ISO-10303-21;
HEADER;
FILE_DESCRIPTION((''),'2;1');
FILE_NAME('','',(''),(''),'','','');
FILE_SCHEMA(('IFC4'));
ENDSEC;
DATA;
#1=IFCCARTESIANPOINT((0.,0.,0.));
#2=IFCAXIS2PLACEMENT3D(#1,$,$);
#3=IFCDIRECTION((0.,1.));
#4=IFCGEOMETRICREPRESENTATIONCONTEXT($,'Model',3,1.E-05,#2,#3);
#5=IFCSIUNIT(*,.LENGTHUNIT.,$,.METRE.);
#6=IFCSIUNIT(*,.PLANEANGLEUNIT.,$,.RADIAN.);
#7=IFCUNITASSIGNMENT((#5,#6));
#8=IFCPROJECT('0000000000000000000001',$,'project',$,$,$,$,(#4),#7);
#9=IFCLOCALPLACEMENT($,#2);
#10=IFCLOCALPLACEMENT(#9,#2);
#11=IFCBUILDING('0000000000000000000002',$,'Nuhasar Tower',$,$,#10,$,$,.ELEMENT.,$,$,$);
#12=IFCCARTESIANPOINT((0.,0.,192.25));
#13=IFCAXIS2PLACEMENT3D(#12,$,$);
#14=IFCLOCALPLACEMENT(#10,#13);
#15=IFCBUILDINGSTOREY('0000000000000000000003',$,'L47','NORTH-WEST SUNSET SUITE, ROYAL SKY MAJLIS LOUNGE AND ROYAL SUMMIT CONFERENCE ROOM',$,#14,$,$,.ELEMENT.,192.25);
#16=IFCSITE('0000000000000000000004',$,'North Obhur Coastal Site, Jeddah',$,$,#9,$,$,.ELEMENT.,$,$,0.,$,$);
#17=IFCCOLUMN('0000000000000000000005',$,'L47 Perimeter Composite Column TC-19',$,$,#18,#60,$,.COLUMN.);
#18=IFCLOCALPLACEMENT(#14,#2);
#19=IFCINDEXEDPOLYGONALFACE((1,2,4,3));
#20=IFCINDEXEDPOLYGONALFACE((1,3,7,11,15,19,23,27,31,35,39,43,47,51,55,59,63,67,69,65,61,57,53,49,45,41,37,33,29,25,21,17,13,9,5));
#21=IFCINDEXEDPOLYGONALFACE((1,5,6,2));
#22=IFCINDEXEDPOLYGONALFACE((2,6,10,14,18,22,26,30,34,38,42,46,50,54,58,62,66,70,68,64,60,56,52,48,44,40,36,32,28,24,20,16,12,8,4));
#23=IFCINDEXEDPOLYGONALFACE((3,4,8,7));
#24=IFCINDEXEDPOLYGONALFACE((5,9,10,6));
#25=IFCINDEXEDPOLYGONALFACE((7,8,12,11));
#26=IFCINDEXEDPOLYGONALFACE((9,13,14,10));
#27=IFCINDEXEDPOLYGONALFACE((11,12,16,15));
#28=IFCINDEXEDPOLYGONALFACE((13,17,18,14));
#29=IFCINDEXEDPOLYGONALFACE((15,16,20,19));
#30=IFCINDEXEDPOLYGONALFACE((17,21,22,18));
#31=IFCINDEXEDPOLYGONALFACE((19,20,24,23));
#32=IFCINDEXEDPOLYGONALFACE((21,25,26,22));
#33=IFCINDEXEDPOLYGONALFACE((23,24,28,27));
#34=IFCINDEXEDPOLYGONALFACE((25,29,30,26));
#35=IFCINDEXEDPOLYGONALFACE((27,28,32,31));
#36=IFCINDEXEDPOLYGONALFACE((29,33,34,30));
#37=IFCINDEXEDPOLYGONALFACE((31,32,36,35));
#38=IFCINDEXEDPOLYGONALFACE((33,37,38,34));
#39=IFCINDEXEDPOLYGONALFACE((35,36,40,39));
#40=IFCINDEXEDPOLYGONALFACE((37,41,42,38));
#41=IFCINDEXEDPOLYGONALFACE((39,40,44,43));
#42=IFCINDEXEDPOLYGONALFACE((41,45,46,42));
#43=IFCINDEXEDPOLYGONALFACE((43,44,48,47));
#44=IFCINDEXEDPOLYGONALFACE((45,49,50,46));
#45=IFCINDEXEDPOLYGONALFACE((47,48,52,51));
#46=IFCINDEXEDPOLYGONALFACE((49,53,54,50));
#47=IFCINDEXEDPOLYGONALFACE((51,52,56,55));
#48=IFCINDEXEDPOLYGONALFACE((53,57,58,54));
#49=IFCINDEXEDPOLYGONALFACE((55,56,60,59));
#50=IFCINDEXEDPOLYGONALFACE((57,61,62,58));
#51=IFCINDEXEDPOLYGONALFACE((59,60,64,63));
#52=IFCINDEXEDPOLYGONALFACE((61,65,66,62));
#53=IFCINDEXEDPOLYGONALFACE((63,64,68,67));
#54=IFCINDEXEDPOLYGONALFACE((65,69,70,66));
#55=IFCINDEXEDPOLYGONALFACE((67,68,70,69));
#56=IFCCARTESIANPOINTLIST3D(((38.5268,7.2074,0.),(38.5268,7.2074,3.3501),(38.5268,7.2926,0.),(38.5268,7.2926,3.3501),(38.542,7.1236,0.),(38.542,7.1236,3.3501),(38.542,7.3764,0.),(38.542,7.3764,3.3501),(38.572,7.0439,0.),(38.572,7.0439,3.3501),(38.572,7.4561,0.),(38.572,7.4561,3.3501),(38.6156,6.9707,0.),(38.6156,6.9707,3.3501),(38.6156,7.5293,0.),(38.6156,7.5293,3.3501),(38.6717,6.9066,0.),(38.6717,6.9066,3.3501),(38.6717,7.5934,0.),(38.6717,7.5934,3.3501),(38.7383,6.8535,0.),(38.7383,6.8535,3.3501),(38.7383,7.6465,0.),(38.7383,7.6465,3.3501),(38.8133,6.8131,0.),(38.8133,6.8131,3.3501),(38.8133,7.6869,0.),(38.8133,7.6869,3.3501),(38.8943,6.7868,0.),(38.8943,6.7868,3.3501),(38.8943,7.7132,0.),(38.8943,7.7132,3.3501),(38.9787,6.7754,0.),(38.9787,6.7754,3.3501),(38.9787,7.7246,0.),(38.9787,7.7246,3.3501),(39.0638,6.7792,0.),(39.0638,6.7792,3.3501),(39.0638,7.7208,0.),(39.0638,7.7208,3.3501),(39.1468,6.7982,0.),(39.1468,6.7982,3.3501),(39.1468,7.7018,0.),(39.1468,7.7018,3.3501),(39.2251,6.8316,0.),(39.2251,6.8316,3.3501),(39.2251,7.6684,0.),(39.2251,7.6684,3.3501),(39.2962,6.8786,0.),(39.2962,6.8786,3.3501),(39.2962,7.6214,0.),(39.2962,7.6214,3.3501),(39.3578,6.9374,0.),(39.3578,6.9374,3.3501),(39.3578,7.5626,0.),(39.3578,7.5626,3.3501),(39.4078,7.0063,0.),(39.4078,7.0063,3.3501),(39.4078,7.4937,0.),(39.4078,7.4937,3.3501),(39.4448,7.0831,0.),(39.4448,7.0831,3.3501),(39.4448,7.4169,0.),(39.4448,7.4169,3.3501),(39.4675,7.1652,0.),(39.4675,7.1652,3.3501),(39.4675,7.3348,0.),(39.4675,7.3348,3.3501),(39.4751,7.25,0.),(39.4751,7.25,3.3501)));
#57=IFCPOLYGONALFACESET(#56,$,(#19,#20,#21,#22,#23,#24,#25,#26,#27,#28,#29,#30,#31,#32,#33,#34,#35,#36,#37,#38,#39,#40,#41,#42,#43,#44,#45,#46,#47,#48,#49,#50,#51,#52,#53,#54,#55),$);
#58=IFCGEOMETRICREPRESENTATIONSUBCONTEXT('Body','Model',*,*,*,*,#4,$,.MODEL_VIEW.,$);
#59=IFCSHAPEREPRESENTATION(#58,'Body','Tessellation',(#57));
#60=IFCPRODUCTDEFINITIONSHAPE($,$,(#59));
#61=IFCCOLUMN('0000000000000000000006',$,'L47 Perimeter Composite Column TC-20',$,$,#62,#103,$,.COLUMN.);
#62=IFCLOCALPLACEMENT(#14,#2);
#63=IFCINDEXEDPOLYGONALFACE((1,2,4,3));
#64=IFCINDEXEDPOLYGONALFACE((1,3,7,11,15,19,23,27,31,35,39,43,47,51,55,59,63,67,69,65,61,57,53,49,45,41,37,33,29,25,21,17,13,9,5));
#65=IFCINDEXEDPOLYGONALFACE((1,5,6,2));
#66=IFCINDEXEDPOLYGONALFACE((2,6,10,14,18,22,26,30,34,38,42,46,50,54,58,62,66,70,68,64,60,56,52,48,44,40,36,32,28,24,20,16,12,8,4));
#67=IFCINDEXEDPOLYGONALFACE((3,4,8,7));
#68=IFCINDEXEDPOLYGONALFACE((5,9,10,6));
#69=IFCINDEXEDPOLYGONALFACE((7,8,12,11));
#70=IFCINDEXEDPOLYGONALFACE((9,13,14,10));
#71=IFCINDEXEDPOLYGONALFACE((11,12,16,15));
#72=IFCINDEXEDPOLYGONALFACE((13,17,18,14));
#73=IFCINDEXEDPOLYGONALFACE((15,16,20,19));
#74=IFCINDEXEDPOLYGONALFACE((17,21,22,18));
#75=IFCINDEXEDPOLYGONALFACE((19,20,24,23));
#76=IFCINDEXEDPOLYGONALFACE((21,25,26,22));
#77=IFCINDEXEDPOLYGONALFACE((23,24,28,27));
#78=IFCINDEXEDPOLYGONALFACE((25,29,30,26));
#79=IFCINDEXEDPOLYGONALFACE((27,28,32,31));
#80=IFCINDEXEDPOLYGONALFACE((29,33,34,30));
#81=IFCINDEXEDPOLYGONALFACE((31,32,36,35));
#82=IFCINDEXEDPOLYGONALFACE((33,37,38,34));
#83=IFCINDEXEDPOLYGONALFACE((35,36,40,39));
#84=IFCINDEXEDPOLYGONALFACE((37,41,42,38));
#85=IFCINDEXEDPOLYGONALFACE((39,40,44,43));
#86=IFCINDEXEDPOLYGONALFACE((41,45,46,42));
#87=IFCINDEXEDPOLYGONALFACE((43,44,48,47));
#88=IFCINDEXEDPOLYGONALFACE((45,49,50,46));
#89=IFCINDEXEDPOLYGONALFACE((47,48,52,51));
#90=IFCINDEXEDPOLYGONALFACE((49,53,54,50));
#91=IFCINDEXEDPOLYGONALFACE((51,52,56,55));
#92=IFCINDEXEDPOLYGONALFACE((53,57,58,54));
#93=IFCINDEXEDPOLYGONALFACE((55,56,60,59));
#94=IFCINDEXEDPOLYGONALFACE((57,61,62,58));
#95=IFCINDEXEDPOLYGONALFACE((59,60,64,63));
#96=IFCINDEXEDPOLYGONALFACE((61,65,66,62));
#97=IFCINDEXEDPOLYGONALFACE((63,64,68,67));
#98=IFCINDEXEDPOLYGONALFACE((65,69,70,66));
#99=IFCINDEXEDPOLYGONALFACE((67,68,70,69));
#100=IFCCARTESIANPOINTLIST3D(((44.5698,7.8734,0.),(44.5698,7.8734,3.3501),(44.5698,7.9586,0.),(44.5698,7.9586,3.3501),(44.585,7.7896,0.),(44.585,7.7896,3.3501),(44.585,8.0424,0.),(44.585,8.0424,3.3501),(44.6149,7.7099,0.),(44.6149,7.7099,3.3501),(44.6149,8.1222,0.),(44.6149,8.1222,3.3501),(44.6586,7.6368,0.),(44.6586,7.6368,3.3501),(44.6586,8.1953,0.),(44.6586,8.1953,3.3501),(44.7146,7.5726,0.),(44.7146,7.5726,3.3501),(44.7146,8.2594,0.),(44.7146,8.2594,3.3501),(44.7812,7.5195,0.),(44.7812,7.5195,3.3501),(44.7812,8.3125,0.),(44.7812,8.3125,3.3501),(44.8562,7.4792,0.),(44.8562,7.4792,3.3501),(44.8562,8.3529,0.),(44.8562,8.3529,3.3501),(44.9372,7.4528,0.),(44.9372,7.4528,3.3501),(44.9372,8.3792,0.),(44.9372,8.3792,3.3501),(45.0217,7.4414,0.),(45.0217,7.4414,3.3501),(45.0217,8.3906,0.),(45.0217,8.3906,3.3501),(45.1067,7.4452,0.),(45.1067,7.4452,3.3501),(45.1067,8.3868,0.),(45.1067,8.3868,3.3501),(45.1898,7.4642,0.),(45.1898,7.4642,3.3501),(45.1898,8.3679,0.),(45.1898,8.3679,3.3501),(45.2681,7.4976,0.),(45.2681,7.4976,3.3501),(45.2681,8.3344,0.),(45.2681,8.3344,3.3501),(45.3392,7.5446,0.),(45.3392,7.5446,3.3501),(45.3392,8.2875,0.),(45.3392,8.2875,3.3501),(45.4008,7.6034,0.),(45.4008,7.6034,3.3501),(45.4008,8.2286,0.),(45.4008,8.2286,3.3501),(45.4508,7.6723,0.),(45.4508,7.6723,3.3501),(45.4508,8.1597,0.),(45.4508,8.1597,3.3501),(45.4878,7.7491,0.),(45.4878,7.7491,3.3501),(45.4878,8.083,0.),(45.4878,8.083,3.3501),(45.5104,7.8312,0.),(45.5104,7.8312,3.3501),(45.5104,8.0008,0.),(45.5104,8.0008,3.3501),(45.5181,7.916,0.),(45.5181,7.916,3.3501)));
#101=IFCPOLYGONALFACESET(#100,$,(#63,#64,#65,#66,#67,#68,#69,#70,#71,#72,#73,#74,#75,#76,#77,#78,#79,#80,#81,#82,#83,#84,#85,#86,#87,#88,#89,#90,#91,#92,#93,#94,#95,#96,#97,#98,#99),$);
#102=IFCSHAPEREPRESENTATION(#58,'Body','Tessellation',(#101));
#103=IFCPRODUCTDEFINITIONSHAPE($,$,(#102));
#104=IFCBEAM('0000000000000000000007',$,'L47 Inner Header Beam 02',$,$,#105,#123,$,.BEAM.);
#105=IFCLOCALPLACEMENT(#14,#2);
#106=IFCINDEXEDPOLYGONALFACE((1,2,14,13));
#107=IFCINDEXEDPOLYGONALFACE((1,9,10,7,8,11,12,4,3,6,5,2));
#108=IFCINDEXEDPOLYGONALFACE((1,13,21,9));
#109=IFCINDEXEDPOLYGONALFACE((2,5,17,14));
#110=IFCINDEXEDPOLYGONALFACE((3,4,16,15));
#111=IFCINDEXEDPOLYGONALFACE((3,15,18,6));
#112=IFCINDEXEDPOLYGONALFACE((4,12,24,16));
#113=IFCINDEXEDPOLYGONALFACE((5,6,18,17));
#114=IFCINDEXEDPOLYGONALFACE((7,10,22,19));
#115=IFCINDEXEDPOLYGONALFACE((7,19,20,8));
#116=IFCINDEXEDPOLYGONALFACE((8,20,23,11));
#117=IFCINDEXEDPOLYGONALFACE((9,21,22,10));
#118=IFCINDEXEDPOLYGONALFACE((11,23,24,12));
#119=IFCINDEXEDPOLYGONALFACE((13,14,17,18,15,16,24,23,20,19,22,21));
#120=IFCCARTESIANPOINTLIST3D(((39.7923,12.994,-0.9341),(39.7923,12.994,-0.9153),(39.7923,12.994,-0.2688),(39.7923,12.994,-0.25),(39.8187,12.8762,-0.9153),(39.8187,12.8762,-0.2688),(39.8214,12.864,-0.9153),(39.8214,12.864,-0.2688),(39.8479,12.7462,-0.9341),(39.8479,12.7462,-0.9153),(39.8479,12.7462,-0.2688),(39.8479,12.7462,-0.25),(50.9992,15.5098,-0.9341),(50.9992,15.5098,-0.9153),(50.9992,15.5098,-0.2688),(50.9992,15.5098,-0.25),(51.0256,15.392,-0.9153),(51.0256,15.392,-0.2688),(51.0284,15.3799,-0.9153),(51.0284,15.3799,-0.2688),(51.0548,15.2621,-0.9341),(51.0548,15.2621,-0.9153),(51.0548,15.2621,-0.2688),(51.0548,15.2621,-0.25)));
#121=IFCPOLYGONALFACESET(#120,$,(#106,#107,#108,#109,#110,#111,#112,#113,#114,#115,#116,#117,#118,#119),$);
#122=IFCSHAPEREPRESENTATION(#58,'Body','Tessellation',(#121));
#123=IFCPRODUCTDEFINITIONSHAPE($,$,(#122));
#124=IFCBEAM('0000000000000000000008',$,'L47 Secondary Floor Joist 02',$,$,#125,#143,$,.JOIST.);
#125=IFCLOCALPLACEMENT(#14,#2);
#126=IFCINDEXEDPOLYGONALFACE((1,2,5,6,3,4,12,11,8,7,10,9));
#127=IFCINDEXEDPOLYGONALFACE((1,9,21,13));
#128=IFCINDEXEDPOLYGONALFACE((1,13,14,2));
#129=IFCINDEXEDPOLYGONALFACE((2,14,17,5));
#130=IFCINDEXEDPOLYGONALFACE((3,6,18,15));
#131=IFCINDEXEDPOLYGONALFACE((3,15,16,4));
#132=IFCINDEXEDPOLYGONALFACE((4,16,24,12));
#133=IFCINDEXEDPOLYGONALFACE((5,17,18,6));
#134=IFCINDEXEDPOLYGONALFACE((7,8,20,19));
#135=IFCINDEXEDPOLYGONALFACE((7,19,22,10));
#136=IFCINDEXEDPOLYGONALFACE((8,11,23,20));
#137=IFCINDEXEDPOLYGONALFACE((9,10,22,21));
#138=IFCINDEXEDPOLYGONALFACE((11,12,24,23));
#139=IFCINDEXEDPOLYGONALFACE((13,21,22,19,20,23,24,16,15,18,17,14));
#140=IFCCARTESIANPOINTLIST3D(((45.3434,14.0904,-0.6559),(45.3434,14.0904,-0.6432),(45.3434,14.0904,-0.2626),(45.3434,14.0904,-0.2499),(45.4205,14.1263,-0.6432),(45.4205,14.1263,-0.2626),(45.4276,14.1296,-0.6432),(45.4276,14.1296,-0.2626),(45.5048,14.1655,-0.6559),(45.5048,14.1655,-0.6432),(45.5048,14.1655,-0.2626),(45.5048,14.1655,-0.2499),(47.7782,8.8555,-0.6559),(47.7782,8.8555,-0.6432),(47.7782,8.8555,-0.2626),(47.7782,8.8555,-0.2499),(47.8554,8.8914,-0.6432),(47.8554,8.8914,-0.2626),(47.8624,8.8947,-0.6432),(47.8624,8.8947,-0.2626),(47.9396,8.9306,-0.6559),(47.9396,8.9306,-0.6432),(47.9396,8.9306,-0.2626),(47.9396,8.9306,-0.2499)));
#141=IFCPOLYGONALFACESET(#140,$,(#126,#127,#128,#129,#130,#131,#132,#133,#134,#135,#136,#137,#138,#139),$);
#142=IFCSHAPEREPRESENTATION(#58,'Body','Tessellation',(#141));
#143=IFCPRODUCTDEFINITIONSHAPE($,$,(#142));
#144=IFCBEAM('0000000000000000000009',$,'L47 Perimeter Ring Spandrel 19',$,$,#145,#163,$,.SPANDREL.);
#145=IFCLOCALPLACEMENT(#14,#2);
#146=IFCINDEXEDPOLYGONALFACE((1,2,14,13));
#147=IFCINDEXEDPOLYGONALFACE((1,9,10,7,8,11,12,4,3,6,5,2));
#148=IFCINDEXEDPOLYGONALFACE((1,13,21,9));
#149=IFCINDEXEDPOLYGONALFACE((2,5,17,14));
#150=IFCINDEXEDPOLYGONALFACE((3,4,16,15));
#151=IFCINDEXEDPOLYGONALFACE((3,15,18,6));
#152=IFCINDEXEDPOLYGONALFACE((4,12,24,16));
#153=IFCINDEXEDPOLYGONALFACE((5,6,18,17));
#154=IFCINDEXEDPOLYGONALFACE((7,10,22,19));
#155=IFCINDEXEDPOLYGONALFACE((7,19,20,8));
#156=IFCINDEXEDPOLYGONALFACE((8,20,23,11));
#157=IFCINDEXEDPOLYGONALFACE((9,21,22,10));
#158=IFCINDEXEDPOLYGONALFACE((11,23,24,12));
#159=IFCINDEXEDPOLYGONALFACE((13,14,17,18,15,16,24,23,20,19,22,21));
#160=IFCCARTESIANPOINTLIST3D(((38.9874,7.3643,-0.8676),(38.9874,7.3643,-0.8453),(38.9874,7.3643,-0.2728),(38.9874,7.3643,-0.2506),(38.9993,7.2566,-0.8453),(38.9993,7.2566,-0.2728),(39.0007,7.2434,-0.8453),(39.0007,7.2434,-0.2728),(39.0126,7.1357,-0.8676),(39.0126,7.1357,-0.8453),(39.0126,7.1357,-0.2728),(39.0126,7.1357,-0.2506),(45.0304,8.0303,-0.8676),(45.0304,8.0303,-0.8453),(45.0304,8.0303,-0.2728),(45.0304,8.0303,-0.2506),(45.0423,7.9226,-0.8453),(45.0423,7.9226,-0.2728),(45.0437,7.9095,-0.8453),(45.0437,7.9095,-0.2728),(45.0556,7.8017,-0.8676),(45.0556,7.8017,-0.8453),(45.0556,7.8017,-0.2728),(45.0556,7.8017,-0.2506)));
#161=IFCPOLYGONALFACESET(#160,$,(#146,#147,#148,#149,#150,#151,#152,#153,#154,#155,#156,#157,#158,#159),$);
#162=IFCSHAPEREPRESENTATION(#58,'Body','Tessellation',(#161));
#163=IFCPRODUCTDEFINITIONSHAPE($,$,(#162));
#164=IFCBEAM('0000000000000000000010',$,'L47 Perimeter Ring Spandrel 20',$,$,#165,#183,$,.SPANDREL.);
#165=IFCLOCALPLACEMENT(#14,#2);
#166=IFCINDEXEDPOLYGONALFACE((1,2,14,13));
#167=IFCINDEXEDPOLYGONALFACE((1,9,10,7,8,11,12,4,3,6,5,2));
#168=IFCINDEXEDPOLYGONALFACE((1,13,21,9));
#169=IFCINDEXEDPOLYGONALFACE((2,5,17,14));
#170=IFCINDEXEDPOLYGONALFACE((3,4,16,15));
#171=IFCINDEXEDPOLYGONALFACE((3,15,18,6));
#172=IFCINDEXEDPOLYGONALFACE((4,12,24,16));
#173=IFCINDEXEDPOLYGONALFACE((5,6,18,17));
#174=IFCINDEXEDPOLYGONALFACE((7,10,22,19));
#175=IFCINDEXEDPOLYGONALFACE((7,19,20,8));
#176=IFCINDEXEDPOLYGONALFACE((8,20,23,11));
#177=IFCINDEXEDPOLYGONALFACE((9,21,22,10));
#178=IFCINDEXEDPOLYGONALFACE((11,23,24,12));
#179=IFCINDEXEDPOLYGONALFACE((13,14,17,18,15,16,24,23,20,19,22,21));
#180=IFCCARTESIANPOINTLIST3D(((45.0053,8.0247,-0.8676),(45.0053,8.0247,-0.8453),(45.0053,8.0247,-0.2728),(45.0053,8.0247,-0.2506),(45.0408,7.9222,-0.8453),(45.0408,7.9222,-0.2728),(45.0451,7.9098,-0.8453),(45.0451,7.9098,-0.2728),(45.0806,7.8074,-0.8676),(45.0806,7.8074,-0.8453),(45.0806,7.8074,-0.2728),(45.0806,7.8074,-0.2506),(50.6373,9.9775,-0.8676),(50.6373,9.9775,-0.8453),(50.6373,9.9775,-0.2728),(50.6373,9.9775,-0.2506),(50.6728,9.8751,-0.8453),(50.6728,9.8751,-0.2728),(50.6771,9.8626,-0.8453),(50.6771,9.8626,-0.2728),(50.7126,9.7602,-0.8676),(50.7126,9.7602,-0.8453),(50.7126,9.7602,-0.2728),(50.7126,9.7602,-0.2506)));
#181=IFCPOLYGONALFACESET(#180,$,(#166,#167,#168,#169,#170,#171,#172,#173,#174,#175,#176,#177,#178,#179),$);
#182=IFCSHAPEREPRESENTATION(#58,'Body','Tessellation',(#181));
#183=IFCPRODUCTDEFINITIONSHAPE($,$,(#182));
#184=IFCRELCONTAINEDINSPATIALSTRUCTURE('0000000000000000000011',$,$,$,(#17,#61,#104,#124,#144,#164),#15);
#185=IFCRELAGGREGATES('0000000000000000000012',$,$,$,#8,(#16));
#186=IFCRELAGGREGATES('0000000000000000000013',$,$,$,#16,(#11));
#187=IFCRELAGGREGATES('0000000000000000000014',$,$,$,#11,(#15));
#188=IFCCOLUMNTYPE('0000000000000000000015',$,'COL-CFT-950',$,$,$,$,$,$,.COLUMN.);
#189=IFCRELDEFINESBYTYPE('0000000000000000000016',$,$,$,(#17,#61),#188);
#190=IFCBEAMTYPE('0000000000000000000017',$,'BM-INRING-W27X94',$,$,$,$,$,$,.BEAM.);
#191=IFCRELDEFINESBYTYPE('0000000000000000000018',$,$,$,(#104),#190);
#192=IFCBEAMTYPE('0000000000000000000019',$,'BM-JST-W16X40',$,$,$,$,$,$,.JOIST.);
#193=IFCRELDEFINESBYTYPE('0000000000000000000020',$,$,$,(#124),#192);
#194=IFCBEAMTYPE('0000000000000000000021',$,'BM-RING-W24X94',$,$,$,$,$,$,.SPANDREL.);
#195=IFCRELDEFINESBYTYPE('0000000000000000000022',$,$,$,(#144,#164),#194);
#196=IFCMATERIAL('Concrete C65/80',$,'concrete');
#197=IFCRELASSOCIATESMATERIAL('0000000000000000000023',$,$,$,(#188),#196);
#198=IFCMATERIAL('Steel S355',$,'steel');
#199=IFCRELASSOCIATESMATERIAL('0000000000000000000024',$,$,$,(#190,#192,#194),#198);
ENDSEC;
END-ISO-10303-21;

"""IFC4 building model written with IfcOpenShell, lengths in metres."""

from ifc_helpers import new_model, si_unit, direction, frame, origin, origin_2d, place, context, subcontext, project, spatial, circle, i_section, extrude, material, material_profile, profile_set, type_object, element, save


model = new_model("IFC4")

# Units and contexts
model_context = context("Model", 3, precision=1e-05, world=origin(), true_north=direction((0.0, 1.0)))
body_context = subcontext(model_context, "Body", "Model", "MODEL_VIEW")
ifc_project = project(units=[si_unit("LENGTHUNIT", "METRE"), si_unit("PLANEANGLEUNIT", "RADIAN")], contexts=[model_context])

# Site, building, storey
site_placement = place(None, origin())
site = spatial("IfcSite", under=ifc_project, at=site_placement, Name="North Obhur Coastal Site, Jeddah", CompositionType="ELEMENT", RefElevation=0.0)
building_placement = place(site_placement, origin())
building = spatial("IfcBuilding", under=site, at=building_placement, Name="Nuhasar Tower", CompositionType="ELEMENT")
storey_placement = place(building_placement, frame((0.0, 0.0, 192.25)))
storey = spatial("IfcBuildingStorey", under=building, at=storey_placement, Name="L47", Description="NORTH-WEST SUNSET SUITE, ROYAL SKY MAJLIS LOUNGE AND ROYAL SUMMIT CONFERENCE ROOM", CompositionType="ELEMENT", Elevation=192.25)

# Columns
ifc_material_1 = material(Name="Concrete C65/80", Category="concrete")
ifc_material_profile_1 = material_profile(ifc_material_1, circle(Radius=0.4751, at=origin_2d()), Name="CFT950")
ifc_profile_set_1 = profile_set([ifc_material_profile_1], Name="Concrete C65/80")
column_type = type_object("IfcColumnType", Name="COL-CFT-950", PredefinedType="COLUMN", material=ifc_profile_set_1)
for number, where, z_axis, x_axis, name in (
    (1, (39.0, 7.25, 0.0), (0.0, 0.0, 1.0), (1.0, 0.0, 0.0), "L47 Perimeter Composite Column TC-19"),
    (2, (45.043, 7.916, 0.0), (0.0, 0.0, 1.0), (1.0, 0.0, 0.0), "L47 Perimeter Composite Column TC-20"),
):
    element("IfcColumn", number, at=place(storey_placement, frame(where, z_axis=z_axis, x_axis=x_axis)), inside=storey, type_object=column_type, Name=name, PredefinedType="COLUMN", context=body_context, shape_type="SweptSolid", body=[
        extrude(circle(Radius=0.4751, at=origin_2d()), origin(), (0.0, 0.0, 1.0), 3.3501),
    ])

# Beams
ifc_material_2 = material(Name="Steel S355", Category="steel")
ifc_material_profile_2 = material_profile(ifc_material_2, i_section(OverallWidth=0.2539, OverallDepth=0.6841, WebThickness=0.0125, FlangeThickness=0.0188, at=origin_2d()), Name="W27X94")
ifc_profile_set_2 = profile_set([ifc_material_profile_2], Name="Steel S355")
beam_type_1 = type_object("IfcBeamType", Name="BM-INRING-W27X94", PredefinedType="BEAM", material=ifc_profile_set_2)
beam_1_placement = place(storey_placement, frame((39.8201, 12.8701, -0.592), z_axis=(0.975716, 0.219039, 0.0), x_axis=(-0.219039, 0.975716, 0.0)))
element("IfcBeam", 3, at=beam_1_placement, inside=storey, type_object=beam_type_1, Name="L47 Inner Header Beam 02", PredefinedType="BEAM", context=body_context, shape_type="SweptSolid", body=[
    extrude(i_section(OverallWidth=0.2539, OverallDepth=0.6841, WebThickness=0.0125, FlangeThickness=0.0188, at=origin_2d()), origin(), (0.0, 0.0, 1.0), 11.4858),
])
ifc_material_profile_3 = material_profile(ifc_material_2, i_section(OverallWidth=0.178, OverallDepth=0.406, WebThickness=0.0078, FlangeThickness=0.0127, at=origin_2d()), Name="W16X40")
ifc_profile_set_3 = profile_set([ifc_material_profile_3], Name="Steel S355")
beam_type_2 = type_object("IfcBeamType", Name="BM-JST-W16X40", PredefinedType="JOIST", material=ifc_profile_set_3)
beam_2_placement = place(storey_placement, frame((45.4241, 14.1279, -0.4529), z_axis=(0.42173, -0.906721, 0.0), x_axis=(0.906721, 0.42173, 0.0)))
element("IfcBeam", 4, at=beam_2_placement, inside=storey, type_object=beam_type_2, Name="L47 Secondary Floor Joist 02", PredefinedType="JOIST", context=body_context, shape_type="SweptSolid", body=[
    extrude(i_section(OverallWidth=0.178, OverallDepth=0.406, WebThickness=0.0078, FlangeThickness=0.0127, at=origin_2d()), origin(), (0.0, 0.0, 1.0), 5.7734),
])
ifc_material_profile_4 = material_profile(ifc_material_2, i_section(OverallWidth=0.23, OverallDepth=0.6169, WebThickness=0.0132, FlangeThickness=0.0222, at=origin_2d()), Name="W24X94")
ifc_profile_set_4 = profile_set([ifc_material_profile_4], Name="Steel S355")
beam_type_3 = type_object("IfcBeamType", Name="BM-RING-W24X94", PredefinedType="SPANDREL", material=ifc_profile_set_4)
beam_3_placement = place(storey_placement, frame((39.0, 7.25, -0.5591), z_axis=(0.993981, 0.10955, 0.0), x_axis=(-0.10955, 0.993981, 0.0)))
element("IfcBeam", 5, at=beam_3_placement, inside=storey, type_object=beam_type_3, Name="L47 Perimeter Ring Spandrel 19", PredefinedType="SPANDREL", context=body_context, shape_type="SweptSolid", body=[
    extrude(i_section(OverallWidth=0.23, OverallDepth=0.6169, WebThickness=0.0132, FlangeThickness=0.0222, at=origin_2d()), origin(), (0.0, 0.0, 1.0), 6.0796),
])
beam_4_placement = place(storey_placement, frame((45.043, 7.916, -0.5591), z_axis=(0.944814, 0.327607, 0.0), x_axis=(-0.327607, 0.944814, 0.0)))
element("IfcBeam", 6, at=beam_4_placement, inside=storey, type_object=beam_type_3, Name="L47 Perimeter Ring Spandrel 20", PredefinedType="SPANDREL", context=body_context, shape_type="SweptSolid", body=[
    extrude(i_section(OverallWidth=0.23, OverallDepth=0.6169, WebThickness=0.0132, FlangeThickness=0.0222, at=origin_2d()), origin(), (0.0, 0.0, 1.0), 5.9609),
])

save(model, "model.ifc")
